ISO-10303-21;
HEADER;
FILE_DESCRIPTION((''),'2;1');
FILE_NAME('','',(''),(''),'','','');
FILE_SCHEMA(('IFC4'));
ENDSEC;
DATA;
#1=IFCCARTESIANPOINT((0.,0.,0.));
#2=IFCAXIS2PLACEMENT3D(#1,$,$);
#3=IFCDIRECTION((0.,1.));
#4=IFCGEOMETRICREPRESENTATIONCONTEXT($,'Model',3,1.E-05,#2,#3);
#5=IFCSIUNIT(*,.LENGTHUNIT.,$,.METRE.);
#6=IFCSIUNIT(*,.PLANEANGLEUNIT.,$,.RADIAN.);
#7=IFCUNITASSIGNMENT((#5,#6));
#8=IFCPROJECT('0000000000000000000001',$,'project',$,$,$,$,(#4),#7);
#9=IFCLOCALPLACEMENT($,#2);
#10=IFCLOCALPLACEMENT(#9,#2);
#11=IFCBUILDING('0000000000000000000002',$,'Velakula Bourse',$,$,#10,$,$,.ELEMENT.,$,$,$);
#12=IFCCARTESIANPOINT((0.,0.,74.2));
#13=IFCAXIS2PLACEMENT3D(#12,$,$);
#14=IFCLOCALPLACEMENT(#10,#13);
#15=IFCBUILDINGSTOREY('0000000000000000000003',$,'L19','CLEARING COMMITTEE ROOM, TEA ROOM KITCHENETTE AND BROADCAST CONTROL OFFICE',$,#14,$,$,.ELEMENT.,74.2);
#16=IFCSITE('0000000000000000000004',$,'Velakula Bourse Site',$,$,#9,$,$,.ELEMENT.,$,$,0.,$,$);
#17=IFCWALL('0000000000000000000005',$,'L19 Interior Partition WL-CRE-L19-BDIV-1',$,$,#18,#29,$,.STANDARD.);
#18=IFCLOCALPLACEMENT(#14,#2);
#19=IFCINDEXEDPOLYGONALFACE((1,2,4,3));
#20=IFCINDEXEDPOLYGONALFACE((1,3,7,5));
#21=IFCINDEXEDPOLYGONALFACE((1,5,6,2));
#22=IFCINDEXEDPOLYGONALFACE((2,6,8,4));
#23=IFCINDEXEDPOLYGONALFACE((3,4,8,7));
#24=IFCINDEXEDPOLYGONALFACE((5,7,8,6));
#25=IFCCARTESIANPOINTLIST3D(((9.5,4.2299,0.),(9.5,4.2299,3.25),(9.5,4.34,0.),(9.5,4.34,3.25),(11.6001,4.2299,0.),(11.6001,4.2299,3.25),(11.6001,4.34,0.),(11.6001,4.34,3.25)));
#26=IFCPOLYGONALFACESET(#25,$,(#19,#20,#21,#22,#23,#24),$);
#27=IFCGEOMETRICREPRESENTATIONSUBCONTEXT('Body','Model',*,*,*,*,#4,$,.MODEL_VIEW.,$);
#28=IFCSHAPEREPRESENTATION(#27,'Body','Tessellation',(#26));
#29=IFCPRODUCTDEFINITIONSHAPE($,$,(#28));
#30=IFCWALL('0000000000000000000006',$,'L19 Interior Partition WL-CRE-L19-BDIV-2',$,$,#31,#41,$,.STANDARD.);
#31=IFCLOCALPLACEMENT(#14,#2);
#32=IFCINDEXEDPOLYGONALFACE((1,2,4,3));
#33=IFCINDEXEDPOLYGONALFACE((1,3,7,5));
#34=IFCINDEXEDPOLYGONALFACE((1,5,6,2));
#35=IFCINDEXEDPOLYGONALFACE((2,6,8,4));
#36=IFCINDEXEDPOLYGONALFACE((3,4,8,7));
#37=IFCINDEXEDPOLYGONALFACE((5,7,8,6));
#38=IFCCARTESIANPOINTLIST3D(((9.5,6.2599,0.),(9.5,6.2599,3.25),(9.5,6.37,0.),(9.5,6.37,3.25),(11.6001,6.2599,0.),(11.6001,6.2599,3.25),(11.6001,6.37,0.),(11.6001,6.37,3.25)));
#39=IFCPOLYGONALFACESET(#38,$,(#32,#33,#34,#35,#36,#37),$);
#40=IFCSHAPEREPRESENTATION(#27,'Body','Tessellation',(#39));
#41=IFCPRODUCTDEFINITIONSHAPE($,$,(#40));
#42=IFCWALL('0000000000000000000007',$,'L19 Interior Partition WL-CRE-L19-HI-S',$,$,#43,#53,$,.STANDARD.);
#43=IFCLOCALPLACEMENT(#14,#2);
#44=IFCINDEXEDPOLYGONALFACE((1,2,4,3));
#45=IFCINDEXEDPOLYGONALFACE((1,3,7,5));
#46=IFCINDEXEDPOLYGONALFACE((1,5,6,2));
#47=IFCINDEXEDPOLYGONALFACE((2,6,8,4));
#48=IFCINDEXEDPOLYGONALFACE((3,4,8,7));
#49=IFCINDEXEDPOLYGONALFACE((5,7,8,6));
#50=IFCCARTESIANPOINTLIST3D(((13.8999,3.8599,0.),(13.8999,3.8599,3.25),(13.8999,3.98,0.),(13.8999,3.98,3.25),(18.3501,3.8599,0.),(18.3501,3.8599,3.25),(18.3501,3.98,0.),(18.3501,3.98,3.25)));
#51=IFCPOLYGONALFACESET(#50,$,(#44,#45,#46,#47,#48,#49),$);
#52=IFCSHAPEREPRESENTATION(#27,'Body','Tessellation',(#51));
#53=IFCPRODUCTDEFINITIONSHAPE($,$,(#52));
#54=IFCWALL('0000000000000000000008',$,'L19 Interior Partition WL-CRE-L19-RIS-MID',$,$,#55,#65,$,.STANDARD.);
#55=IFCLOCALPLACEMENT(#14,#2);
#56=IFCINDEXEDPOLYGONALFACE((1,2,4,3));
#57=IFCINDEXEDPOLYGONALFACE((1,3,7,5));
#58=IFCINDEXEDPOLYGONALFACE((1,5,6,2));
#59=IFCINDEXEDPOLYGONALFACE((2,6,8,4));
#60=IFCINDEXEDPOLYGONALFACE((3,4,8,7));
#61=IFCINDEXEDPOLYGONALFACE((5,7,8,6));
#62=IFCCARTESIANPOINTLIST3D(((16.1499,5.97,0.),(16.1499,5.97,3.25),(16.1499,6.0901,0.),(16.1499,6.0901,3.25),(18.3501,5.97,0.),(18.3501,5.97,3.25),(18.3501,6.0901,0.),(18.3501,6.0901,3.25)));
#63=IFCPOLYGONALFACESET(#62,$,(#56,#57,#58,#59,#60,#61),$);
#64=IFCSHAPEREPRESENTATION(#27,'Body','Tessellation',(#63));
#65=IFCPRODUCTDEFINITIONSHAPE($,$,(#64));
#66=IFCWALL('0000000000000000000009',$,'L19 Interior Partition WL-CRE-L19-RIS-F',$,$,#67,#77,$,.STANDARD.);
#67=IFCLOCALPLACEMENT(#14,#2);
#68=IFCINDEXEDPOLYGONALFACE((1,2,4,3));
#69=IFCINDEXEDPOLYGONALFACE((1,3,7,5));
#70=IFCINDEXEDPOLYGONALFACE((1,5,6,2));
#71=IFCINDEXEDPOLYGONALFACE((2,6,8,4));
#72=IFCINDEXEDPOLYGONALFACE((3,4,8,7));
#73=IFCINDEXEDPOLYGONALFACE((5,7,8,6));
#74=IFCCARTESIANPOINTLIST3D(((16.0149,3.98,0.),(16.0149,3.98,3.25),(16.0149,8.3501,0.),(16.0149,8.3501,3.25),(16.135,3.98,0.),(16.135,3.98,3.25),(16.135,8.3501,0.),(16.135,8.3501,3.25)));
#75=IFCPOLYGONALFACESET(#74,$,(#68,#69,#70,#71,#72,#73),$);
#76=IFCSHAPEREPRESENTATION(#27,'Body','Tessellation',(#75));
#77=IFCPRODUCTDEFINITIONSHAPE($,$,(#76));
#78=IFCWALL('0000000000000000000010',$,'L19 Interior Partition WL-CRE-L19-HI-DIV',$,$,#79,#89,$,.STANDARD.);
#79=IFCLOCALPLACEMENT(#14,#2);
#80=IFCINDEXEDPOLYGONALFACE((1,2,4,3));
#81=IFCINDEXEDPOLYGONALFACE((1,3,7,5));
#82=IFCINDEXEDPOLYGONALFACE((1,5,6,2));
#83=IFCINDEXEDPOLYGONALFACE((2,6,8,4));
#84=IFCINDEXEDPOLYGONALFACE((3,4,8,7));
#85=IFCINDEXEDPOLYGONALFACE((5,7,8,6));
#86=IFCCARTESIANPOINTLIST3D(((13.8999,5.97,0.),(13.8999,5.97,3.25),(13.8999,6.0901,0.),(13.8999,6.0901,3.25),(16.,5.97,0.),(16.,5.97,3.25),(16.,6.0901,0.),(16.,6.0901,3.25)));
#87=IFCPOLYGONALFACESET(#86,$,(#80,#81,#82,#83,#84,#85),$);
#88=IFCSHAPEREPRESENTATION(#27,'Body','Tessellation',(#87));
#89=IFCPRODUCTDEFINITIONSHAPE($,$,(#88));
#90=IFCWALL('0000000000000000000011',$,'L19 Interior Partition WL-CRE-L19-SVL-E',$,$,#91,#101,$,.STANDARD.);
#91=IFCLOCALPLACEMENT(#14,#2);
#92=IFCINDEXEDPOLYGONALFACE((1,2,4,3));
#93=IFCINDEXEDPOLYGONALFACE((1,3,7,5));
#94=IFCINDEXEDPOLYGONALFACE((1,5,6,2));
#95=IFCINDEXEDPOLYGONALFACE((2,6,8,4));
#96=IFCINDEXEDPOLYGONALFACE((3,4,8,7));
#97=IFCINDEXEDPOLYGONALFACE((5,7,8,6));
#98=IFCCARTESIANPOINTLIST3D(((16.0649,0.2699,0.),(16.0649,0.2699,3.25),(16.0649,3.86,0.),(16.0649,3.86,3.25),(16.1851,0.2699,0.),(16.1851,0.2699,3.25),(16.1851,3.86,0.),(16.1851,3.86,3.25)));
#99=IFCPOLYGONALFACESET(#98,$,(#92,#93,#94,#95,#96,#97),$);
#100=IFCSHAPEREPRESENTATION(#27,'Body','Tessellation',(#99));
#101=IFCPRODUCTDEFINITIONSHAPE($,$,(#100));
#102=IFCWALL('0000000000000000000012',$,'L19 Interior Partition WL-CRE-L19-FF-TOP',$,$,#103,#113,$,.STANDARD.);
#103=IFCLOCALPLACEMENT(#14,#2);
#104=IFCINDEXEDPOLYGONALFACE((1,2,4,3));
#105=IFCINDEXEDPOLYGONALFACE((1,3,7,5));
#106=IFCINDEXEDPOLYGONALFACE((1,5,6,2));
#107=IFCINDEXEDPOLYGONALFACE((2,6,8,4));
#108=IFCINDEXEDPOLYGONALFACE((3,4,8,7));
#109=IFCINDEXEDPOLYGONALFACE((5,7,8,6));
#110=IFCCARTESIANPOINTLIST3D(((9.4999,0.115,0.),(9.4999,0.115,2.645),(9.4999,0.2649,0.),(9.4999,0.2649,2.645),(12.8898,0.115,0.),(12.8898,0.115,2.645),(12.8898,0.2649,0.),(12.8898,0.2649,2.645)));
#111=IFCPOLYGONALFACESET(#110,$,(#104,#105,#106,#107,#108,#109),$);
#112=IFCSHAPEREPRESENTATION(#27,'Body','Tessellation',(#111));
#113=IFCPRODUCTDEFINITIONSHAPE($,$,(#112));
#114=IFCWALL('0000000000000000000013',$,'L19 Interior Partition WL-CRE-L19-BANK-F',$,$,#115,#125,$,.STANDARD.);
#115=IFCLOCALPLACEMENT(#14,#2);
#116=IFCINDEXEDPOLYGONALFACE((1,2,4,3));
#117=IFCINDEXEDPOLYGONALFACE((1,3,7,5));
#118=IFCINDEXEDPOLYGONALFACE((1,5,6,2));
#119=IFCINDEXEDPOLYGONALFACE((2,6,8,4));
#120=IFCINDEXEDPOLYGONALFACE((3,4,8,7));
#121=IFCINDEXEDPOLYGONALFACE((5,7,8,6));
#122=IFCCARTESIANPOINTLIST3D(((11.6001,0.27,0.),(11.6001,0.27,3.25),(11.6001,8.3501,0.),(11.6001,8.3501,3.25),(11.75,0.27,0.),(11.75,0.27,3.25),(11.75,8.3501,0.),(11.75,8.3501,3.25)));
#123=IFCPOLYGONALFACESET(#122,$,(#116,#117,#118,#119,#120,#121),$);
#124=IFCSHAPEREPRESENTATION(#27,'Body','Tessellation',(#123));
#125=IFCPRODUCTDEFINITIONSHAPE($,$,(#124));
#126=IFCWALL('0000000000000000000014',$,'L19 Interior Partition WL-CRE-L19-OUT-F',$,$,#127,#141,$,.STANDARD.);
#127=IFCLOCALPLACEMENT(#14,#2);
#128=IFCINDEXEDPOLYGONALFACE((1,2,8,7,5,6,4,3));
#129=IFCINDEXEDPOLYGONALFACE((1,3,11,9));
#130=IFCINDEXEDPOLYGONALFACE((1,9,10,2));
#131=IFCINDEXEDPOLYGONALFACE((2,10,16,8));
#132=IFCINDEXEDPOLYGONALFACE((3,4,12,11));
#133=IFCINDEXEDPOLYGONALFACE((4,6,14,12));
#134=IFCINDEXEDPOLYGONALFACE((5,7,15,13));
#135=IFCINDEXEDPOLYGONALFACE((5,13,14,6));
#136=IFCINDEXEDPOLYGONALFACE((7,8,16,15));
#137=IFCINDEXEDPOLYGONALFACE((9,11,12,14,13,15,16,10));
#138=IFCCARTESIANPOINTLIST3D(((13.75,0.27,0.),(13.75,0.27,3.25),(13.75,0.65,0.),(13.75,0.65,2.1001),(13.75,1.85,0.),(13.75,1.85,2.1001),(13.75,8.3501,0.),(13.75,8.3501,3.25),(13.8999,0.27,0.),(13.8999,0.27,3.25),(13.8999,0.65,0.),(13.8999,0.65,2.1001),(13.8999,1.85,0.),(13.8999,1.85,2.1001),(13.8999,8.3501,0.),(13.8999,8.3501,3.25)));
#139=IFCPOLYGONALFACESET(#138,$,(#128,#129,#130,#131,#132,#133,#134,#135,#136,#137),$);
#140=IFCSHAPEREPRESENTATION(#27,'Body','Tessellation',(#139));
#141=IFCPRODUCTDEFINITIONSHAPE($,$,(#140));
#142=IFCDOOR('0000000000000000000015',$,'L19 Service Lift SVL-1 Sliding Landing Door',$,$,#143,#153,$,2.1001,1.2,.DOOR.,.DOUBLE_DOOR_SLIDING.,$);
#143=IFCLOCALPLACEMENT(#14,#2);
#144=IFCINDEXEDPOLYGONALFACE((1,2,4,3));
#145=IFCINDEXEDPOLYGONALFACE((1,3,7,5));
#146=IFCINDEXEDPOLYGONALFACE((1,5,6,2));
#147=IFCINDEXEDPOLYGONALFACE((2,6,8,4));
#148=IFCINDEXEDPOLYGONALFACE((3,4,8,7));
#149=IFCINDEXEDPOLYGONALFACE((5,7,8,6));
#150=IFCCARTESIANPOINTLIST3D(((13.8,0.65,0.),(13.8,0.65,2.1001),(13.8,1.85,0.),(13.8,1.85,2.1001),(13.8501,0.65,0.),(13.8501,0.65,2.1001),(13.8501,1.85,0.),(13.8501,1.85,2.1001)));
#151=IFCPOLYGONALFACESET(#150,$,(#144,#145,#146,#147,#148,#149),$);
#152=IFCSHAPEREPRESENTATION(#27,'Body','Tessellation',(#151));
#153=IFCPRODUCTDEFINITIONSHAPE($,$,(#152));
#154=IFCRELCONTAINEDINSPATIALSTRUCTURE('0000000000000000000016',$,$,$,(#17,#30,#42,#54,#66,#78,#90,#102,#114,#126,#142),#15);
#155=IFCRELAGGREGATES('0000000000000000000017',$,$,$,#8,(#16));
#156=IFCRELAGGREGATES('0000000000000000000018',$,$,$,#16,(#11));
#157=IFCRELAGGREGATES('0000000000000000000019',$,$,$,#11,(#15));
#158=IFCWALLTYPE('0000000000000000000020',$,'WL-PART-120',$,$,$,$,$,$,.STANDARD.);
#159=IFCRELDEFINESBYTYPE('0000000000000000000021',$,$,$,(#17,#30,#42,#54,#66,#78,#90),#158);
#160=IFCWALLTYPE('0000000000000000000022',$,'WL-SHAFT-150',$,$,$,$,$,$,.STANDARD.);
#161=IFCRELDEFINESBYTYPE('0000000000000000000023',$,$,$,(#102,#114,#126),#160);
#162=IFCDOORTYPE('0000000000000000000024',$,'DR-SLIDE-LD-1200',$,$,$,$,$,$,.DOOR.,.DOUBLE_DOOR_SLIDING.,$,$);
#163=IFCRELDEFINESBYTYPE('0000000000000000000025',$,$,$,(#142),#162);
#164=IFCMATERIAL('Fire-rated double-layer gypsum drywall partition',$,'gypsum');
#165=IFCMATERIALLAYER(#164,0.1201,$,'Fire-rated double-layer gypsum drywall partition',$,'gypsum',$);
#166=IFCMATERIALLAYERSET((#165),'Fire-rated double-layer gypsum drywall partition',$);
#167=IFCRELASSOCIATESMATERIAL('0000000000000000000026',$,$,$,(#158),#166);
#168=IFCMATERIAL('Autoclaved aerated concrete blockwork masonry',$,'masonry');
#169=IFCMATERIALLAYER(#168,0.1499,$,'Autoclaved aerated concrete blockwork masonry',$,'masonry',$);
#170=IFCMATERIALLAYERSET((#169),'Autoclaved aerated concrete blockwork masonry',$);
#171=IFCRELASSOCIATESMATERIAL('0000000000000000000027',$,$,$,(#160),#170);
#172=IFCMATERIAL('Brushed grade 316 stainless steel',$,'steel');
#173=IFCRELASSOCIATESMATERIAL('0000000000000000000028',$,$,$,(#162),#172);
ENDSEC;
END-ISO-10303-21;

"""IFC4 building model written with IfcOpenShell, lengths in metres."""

from ifc_helpers import new_model, si_unit, direction, frame, frame_2d, origin, place, context, subcontext, project, spatial, rectangle, extrude, material, layer, layer_set, type_object, element, fill, save


model = new_model("IFC4")

# Units and contexts
model_context = context("Model", 3, precision=1e-05, world=origin(), true_north=direction((0.0, 1.0)))
body_context = subcontext(model_context, "Body", "Model", "MODEL_VIEW")
ifc_project = project(units=[si_unit("LENGTHUNIT", "METRE"), si_unit("PLANEANGLEUNIT", "RADIAN")], contexts=[model_context])

# Site, building, storey
site_placement = place(None, origin())
site = spatial("IfcSite", under=ifc_project, at=site_placement, Name="Velakula Bourse Site", CompositionType="ELEMENT", RefElevation=0.0)
building_placement = place(site_placement, origin())
building = spatial("IfcBuilding", under=site, at=building_placement, Name="Velakula Bourse", CompositionType="ELEMENT")
storey_placement = place(building_placement, frame((0.0, 0.0, 74.2)))
storey = spatial("IfcBuildingStorey", under=building, at=storey_placement, Name="L19", Description="CLEARING COMMITTEE ROOM, TEA ROOM KITCHENETTE AND BROADCAST CONTROL OFFICE", CompositionType="ELEMENT", Elevation=74.2)

# Walls
ifc_material_1 = material(Name="Fire-rated double-layer gypsum drywall partition", Category="gypsum")
ifc_layer_1 = layer(ifc_material_1, 0.1201, Name="Fire-rated double-layer gypsum drywall partition", Category="gypsum")
ifc_layer_set_1 = layer_set([ifc_layer_1], Name="Fire-rated double-layer gypsum drywall partition")
wall_type_1 = type_object("IfcWallType", Name="WL-PART-120", PredefinedType="STANDARD", material=ifc_layer_set_1)
for number, where, z_axis, x_axis, name in (
    (1, (9.5, 4.2849, 0.0), (0.0, 0.0, 1.0), (1.0, 0.0, 0.0), "L19 Interior Partition WL-CRE-L19-BDIV-1"),
    (2, (9.5, 6.3149, 0.0), (0.0, 0.0, 1.0), (1.0, 0.0, 0.0), "L19 Interior Partition WL-CRE-L19-BDIV-2"),
):
    element("IfcWall", number, at=place(storey_placement, frame(where, z_axis=z_axis, x_axis=x_axis)), inside=storey, type_object=wall_type_1, Name=name, PredefinedType="STANDARD", context=body_context, shape_type="SweptSolid", body=[
        extrude(rectangle(XDim=2.1001, YDim=0.1101, at=frame_2d((1.05, 0.0))), origin(), (0.0, 0.0, 1.0), 3.25),
    ])
wall_1_placement = place(storey_placement, frame((13.8999, 3.9199, 0.0), z_axis=(0.0, 0.0, 1.0), x_axis=(1.0, 0.0, 0.0)))
element("IfcWall", 3, at=wall_1_placement, inside=storey, type_object=wall_type_1, Name="L19 Interior Partition WL-CRE-L19-HI-S", PredefinedType="STANDARD", context=body_context, shape_type="SweptSolid", body=[
    extrude(rectangle(XDim=4.4502, YDim=0.1201, at=frame_2d((2.2251, 0.0))), origin(), (0.0, 0.0, 1.0), 3.25),
])
wall_2_placement = place(storey_placement, frame((16.1499, 6.03, 0.0), z_axis=(0.0, 0.0, 1.0), x_axis=(1.0, 0.0, 0.0)))
element("IfcWall", 4, at=wall_2_placement, inside=storey, type_object=wall_type_1, Name="L19 Interior Partition WL-CRE-L19-RIS-MID", PredefinedType="STANDARD", context=body_context, shape_type="SweptSolid", body=[
    extrude(rectangle(XDim=2.2002, YDim=0.1201, at=frame_2d((1.1001, 0.0))), origin(), (0.0, 0.0, 1.0), 3.25),
])
wall_3_placement = place(storey_placement, frame((16.075, 3.98, 0.0), z_axis=(0.0, 0.0, 1.0), x_axis=(0.0, 1.0, 0.0)))
element("IfcWall", 5, at=wall_3_placement, inside=storey, type_object=wall_type_1, Name="L19 Interior Partition WL-CRE-L19-RIS-F", PredefinedType="STANDARD", context=body_context, shape_type="SweptSolid", body=[
    extrude(rectangle(XDim=4.3701, YDim=0.1201, at=frame_2d((2.1851, 0.0))), origin(), (0.0, 0.0, 1.0), 3.25),
])
wall_4_placement = place(storey_placement, frame((13.8999, 6.03, 0.0), z_axis=(0.0, 0.0, 1.0), x_axis=(1.0, 0.0, 0.0)))
element("IfcWall", 6, at=wall_4_placement, inside=storey, type_object=wall_type_1, Name="L19 Interior Partition WL-CRE-L19-HI-DIV", PredefinedType="STANDARD", context=body_context, shape_type="SweptSolid", body=[
    extrude(rectangle(XDim=2.1001, YDim=0.1201, at=frame_2d((1.05, 0.0))), origin(), (0.0, 0.0, 1.0), 3.25),
])
wall_5_placement = place(storey_placement, frame((16.125, 0.27, 0.0), z_axis=(0.0, 0.0, 1.0), x_axis=(0.0, 1.0, 0.0)))
element("IfcWall", 7, at=wall_5_placement, inside=storey, type_object=wall_type_1, Name="L19 Interior Partition WL-CRE-L19-SVL-E", PredefinedType="STANDARD", context=body_context, shape_type="SweptSolid", body=[
    extrude(rectangle(XDim=3.5901, YDim=0.1201, at=frame_2d((1.7949, 0.0))), origin(), (0.0, 0.0, 1.0), 3.25),
])
ifc_material_2 = material(Name="Autoclaved aerated concrete blockwork masonry", Category="masonry")
ifc_layer_2 = layer(ifc_material_2, 0.1499, Name="Autoclaved aerated concrete blockwork masonry", Category="masonry")
ifc_layer_set_2 = layer_set([ifc_layer_2], Name="Autoclaved aerated concrete blockwork masonry")
wall_type_2 = type_object("IfcWallType", Name="WL-SHAFT-150", PredefinedType="STANDARD", material=ifc_layer_set_2)
wall_6_placement = place(storey_placement, frame((9.5, 0.1899, 0.0), z_axis=(0.0, 0.0, 1.0), x_axis=(1.0, 0.0, 0.0)))
element("IfcWall", 8, at=wall_6_placement, inside=storey, type_object=wall_type_2, Name="L19 Interior Partition WL-CRE-L19-FF-TOP", PredefinedType="STANDARD", context=body_context, shape_type="SweptSolid", body=[
    extrude(rectangle(XDim=3.3899, YDim=0.1499, at=frame_2d((1.6948, 0.0))), origin(), (0.0, 0.0, 1.0), 2.645),
])
wall_7_placement = place(storey_placement, frame((11.675, 0.27, 0.0), z_axis=(0.0, 0.0, 1.0), x_axis=(0.0, 1.0, 0.0)))
element("IfcWall", 9, at=wall_7_placement, inside=storey, type_object=wall_type_2, Name="L19 Interior Partition WL-CRE-L19-BANK-F", PredefinedType="STANDARD", context=body_context, shape_type="SweptSolid", body=[
    extrude(rectangle(XDim=8.0801, YDim=0.1499, at=frame_2d((4.04, 0.0))), origin(), (0.0, 0.0, 1.0), 3.25),
])

# Wall, opening, door
wall_8_placement = place(storey_placement, frame((13.825, 0.27, 0.0), z_axis=(0.0, 0.0, 1.0), x_axis=(0.0, 1.0, 0.0)))
wall_8 = element("IfcWall", 10, at=wall_8_placement, inside=storey, type_object=wall_type_2, Name="L19 Interior Partition WL-CRE-L19-OUT-F", PredefinedType="STANDARD", context=body_context, shape_type="SweptSolid", body=[
    extrude(rectangle(XDim=8.0801, YDim=0.1499, at=frame_2d((4.04, 0.0))), origin(), (0.0, 0.0, 1.0), 3.25),
])
opening_placement = place(wall_8_placement, frame((0.3799, 0.0, 0.0)))
opening = element("IfcOpeningElement", 11, at=opening_placement, cuts=wall_8, PredefinedType="OPENING", context=body_context, shape_type="SweptSolid", body=[
    extrude(rectangle(XDim=1.2, YDim=2.1001, at=frame_2d((0.6001, 1.05))), frame((0.0, 0.085, 0.0), z_axis=(0.0, -1.0, 0.0), x_axis=(1.0, 0.0, 0.0)), (0.0, 0.0, 1.0), 0.1699),
])
ifc_material_3 = material(Name="Brushed grade 316 stainless steel", Category="steel")
door_type = type_object("IfcDoorType", Name="DR-SLIDE-LD-1200", OperationType="DOUBLE_DOOR_SLIDING", PredefinedType="DOOR", material=ifc_material_3)
door_placement = place(opening_placement, origin())
door = element("IfcDoor", 12, at=door_placement, inside=storey, type_object=door_type, Name="L19 Service Lift SVL-1 Sliding Landing Door", OperationType="DOUBLE_DOOR_SLIDING", OverallHeight=2.1001, OverallWidth=1.2, PredefinedType="DOOR", context=body_context, shape_type="SweptSolid", body=[
    extrude(rectangle(XDim=1.2, YDim=2.1001, at=frame_2d((0.6001, 1.05))), frame((0.0, 0.0249, 0.0), z_axis=(0.0, -1.0, 0.0), x_axis=(1.0, 0.0, 0.0)), (0.0, 0.0, 1.0), 0.05),
])
fill(opening, door)

save(model, "model.ifc")
